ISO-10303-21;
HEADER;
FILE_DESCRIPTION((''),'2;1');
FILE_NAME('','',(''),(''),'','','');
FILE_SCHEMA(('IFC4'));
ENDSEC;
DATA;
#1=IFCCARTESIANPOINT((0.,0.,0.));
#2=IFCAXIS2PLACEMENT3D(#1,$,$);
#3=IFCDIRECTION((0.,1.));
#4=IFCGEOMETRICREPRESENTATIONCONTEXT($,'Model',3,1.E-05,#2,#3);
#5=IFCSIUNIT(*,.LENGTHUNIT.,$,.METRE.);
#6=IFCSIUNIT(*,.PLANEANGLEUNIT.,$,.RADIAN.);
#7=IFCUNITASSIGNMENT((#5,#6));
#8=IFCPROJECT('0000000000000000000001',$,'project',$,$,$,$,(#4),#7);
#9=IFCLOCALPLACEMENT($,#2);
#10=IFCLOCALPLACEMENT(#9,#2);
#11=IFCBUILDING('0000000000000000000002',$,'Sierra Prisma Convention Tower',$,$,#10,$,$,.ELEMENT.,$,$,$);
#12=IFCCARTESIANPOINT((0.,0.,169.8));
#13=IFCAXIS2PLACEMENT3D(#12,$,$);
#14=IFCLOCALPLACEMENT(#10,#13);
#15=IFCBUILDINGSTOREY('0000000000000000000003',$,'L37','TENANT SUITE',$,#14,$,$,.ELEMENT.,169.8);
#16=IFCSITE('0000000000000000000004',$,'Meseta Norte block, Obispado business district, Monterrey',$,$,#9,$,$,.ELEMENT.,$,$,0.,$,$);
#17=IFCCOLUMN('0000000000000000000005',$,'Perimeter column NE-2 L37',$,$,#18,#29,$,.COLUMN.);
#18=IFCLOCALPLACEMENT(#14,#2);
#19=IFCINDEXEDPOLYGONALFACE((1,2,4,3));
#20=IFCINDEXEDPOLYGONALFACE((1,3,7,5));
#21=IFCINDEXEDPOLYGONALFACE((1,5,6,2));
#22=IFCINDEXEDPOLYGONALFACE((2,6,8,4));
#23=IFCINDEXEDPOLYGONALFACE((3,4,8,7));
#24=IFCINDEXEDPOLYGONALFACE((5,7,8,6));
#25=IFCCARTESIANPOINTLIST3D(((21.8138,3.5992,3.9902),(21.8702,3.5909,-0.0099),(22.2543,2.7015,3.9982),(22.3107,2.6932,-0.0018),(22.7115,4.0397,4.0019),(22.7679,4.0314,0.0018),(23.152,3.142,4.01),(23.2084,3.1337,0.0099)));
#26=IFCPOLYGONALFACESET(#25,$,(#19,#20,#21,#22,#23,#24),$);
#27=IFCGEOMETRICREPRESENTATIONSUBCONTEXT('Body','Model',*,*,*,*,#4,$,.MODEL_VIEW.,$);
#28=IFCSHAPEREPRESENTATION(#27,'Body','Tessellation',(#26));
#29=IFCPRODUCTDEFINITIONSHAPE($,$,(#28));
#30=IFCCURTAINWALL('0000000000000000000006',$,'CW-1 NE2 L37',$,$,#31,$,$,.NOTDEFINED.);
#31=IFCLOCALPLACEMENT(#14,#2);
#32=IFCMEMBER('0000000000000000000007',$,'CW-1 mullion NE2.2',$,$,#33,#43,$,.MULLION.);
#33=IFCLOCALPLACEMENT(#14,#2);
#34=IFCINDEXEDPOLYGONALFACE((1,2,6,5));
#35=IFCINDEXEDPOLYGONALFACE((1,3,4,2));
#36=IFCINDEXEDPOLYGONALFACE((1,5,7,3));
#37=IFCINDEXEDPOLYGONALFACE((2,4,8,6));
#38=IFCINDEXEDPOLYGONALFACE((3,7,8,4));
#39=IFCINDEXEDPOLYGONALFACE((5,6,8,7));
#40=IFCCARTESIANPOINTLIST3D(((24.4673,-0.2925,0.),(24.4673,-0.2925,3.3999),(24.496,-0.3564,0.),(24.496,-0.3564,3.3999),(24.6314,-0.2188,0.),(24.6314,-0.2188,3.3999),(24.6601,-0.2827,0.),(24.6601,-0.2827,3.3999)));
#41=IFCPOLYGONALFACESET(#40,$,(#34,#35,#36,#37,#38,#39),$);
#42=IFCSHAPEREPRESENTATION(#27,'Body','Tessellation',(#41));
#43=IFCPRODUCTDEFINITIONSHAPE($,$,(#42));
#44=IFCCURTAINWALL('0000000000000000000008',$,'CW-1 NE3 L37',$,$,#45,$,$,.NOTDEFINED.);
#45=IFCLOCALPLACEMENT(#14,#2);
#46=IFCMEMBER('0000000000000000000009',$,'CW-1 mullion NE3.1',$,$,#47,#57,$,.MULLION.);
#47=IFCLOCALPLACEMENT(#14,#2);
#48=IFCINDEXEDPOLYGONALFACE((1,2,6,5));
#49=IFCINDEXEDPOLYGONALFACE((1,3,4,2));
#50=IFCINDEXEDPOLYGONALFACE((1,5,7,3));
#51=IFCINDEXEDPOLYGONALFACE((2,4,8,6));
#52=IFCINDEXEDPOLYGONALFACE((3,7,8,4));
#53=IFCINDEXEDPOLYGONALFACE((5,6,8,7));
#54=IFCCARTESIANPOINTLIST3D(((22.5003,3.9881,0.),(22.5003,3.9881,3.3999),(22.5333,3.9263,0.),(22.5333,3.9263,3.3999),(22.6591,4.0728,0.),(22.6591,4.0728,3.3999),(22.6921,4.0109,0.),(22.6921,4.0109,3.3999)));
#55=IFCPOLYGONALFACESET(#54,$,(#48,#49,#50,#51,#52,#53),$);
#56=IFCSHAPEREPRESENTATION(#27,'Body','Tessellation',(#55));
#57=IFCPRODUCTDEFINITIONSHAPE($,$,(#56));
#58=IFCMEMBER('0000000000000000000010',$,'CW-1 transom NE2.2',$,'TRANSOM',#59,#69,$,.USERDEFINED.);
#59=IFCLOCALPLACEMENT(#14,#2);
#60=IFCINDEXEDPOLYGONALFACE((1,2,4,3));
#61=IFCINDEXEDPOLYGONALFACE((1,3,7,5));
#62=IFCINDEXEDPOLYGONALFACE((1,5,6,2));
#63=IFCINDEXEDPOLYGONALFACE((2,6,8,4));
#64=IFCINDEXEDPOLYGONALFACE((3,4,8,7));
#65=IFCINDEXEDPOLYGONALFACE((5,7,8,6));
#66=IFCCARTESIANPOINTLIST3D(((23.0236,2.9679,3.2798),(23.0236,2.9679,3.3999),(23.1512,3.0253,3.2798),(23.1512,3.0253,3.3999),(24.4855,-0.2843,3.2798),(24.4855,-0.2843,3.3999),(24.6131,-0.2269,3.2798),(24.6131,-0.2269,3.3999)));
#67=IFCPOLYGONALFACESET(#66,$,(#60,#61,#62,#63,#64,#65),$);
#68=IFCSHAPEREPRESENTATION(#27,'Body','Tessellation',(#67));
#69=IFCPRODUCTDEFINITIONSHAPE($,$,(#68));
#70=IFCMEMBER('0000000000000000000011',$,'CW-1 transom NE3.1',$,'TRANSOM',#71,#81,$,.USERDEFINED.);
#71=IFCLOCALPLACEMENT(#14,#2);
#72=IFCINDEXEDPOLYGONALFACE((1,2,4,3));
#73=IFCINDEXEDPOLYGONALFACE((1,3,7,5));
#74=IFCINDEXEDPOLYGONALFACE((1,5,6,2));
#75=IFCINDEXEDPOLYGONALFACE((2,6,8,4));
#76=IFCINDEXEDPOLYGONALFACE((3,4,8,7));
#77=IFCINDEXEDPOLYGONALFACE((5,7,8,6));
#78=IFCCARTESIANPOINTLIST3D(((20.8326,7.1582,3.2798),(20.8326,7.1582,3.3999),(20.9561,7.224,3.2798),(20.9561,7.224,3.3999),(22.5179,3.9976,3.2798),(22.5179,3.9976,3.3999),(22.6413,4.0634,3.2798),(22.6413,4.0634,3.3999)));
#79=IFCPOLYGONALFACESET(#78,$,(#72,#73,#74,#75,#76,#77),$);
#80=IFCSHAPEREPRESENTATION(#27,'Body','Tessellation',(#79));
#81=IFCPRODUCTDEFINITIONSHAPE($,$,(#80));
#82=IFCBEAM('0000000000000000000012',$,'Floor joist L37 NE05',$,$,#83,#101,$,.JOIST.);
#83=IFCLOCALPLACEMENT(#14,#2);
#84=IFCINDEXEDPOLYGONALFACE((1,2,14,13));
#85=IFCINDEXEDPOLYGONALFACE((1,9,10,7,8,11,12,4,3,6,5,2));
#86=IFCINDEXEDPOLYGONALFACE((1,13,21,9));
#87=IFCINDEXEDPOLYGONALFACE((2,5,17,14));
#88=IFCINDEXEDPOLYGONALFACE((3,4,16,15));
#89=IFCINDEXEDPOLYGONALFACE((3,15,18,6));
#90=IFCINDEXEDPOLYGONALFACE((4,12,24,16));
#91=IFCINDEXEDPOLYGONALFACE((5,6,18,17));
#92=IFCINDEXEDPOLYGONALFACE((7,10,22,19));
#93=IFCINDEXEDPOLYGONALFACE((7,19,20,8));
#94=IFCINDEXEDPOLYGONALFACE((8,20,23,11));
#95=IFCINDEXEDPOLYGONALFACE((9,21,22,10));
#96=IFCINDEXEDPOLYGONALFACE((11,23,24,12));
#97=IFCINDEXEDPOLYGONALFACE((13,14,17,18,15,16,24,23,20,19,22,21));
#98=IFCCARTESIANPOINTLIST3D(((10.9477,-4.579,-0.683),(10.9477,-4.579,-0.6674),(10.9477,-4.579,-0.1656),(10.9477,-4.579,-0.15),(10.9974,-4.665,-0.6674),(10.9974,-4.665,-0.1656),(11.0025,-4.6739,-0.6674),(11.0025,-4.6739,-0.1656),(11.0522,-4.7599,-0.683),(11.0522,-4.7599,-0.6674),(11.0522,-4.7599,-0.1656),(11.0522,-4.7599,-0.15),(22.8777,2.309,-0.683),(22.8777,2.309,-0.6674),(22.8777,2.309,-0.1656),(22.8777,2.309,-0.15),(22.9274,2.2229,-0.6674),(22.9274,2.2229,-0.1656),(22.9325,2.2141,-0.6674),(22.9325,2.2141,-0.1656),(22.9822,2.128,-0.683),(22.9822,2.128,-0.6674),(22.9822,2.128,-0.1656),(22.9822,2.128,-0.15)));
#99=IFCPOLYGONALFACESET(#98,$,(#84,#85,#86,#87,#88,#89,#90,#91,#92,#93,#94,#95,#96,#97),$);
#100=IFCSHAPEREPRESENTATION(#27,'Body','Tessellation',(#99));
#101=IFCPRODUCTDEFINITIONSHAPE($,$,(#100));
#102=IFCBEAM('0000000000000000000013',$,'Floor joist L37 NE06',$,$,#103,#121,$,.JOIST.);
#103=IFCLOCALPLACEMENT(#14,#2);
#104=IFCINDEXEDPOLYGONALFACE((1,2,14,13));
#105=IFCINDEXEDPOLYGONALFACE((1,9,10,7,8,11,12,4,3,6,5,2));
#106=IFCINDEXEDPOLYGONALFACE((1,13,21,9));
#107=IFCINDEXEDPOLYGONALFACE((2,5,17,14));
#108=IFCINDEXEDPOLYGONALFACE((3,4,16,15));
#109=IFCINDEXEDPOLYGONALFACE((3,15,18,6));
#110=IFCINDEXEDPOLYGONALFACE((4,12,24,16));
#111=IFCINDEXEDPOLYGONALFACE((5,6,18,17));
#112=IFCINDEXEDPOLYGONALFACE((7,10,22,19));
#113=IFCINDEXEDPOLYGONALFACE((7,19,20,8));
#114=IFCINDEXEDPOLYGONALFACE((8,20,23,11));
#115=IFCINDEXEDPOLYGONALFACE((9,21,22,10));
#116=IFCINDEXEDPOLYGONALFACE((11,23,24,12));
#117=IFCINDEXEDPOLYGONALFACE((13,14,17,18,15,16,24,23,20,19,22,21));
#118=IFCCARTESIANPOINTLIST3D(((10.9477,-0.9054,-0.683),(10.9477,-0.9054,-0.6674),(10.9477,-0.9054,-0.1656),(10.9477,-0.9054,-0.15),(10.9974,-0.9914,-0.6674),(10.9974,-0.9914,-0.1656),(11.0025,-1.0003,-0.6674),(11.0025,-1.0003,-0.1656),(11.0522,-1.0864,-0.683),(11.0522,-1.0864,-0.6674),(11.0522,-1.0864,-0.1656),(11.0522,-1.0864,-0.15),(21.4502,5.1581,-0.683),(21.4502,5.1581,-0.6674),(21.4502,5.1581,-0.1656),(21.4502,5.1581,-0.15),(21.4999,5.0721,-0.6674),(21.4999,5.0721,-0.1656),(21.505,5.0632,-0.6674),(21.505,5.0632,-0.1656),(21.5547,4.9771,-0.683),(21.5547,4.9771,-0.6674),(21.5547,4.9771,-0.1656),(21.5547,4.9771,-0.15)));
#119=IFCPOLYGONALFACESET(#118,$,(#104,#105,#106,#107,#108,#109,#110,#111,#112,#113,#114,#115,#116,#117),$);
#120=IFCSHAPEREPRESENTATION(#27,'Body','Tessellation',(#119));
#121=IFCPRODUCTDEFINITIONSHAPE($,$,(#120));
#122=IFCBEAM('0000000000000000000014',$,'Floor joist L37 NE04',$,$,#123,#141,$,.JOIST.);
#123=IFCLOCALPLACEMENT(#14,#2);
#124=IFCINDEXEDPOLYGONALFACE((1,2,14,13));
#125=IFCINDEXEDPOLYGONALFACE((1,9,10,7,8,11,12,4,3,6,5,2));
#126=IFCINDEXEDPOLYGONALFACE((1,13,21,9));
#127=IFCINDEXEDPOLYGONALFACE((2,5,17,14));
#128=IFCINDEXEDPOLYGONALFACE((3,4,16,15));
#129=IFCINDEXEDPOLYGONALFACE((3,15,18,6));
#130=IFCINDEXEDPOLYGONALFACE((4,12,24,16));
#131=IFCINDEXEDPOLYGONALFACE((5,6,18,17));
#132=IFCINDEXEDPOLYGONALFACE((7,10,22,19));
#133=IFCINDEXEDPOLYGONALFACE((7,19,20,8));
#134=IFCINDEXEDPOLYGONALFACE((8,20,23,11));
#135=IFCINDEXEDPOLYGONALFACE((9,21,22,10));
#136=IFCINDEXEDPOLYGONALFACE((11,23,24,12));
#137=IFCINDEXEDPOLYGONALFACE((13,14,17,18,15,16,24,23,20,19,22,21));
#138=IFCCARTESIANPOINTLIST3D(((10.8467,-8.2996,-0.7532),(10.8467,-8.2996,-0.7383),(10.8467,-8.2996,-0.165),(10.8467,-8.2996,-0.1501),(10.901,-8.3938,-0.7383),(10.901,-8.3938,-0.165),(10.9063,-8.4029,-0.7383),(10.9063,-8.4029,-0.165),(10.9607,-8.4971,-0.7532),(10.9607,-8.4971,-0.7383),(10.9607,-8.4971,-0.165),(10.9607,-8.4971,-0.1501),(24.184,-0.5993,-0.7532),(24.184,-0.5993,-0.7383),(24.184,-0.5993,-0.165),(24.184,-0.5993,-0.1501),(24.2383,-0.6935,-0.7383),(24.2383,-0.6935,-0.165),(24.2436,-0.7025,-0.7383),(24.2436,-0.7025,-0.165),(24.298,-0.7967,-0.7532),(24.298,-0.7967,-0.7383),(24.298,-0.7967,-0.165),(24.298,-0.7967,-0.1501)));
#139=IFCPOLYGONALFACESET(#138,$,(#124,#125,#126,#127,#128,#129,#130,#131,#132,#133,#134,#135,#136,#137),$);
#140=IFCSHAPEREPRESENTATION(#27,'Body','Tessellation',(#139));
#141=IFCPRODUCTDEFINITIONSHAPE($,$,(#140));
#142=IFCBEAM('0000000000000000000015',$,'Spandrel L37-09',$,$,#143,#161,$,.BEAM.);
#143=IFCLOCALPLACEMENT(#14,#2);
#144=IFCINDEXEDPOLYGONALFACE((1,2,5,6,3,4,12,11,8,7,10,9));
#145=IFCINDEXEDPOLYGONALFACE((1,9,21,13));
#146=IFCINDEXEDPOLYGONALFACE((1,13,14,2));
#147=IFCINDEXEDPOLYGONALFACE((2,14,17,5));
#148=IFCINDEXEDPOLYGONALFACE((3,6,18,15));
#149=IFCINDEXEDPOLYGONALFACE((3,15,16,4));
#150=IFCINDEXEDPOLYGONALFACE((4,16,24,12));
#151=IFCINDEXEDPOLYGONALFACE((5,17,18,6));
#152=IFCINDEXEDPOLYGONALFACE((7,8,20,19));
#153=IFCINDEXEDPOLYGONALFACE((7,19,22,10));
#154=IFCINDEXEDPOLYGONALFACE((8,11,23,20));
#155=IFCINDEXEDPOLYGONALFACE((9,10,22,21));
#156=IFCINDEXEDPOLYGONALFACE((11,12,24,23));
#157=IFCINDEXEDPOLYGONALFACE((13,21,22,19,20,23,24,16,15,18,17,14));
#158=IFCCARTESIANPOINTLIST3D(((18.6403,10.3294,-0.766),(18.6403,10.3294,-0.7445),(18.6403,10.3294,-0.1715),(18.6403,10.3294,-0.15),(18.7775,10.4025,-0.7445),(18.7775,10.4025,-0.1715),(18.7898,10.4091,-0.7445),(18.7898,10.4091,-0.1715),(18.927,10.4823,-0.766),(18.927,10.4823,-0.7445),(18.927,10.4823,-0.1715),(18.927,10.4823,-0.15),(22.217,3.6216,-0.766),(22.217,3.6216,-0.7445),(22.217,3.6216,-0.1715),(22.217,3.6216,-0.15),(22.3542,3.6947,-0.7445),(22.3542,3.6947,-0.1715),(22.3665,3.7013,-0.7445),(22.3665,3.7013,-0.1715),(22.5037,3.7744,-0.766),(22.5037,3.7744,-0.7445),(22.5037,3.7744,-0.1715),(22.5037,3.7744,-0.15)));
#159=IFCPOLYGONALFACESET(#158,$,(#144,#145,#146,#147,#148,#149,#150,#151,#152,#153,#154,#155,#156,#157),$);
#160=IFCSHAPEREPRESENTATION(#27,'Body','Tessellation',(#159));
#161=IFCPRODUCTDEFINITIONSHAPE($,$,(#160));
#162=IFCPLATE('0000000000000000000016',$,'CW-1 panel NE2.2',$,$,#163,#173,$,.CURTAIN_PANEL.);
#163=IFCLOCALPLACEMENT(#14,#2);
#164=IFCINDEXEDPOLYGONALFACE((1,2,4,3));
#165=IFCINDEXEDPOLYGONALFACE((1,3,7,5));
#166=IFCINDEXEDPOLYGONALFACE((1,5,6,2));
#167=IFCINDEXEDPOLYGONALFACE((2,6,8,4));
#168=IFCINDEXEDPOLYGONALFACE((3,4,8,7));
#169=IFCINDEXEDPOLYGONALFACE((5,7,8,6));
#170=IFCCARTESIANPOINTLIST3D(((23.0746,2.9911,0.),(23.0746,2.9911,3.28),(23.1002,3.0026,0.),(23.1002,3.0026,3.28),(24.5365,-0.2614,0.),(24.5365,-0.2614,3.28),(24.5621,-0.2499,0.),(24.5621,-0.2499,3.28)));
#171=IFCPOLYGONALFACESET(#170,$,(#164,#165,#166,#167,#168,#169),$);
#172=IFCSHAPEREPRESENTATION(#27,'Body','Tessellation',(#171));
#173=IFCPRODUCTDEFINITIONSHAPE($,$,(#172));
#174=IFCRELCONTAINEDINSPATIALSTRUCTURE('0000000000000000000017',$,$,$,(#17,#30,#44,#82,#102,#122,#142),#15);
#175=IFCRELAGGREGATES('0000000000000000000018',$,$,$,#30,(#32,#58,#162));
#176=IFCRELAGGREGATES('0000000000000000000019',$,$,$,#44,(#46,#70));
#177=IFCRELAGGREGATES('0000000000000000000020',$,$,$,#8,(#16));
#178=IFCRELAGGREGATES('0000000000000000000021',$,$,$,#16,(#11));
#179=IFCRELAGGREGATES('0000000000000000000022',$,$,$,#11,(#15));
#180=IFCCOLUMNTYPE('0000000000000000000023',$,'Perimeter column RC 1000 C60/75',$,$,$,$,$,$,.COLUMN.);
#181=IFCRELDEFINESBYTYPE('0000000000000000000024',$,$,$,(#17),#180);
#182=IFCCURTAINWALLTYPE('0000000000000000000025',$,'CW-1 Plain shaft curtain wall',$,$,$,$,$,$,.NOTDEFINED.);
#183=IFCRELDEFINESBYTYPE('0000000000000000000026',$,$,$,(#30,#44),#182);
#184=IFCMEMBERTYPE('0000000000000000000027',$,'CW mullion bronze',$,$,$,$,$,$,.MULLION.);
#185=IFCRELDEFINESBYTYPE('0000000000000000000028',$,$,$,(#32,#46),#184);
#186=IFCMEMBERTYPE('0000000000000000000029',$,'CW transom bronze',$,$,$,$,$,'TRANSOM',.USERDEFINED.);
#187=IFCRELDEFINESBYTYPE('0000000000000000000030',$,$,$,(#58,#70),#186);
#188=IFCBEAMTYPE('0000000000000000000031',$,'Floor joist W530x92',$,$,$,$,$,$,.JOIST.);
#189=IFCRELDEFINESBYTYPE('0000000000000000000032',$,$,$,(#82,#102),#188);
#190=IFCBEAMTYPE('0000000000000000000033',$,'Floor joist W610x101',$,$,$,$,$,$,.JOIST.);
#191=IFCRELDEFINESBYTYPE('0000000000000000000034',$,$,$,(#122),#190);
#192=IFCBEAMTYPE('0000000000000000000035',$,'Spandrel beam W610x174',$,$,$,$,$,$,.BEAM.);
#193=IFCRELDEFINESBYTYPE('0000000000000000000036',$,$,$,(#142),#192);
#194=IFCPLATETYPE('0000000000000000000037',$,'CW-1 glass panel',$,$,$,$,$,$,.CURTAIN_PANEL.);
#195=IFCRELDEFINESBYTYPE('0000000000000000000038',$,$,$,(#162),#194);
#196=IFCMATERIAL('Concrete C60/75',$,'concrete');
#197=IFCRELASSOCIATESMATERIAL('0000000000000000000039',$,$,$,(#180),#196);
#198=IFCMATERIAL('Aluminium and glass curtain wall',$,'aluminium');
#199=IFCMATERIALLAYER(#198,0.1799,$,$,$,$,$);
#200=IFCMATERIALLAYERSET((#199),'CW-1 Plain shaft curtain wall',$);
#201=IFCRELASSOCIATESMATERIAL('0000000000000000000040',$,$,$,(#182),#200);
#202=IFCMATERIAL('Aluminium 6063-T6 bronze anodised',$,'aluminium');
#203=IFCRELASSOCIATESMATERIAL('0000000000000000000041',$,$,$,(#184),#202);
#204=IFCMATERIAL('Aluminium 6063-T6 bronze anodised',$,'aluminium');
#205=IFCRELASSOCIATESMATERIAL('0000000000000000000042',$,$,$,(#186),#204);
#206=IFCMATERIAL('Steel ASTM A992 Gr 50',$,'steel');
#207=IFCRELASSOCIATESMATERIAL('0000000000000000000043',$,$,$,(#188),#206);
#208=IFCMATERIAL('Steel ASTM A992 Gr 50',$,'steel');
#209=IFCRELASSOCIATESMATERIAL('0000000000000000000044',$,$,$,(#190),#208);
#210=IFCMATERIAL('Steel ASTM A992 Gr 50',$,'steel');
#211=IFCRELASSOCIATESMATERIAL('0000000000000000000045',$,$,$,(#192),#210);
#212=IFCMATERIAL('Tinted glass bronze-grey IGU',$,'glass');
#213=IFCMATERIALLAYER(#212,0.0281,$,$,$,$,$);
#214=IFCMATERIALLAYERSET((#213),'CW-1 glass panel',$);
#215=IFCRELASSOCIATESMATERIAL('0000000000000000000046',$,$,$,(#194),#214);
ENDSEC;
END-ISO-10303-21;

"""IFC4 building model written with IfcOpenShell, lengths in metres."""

from ifc_helpers import new_model, si_unit, direction, frame, origin, origin_2d, place, context, subcontext, project, spatial, rectangle, i_section, extrude, material, layer, layer_set, material_profile, profile_set, type_object, element, aggregate, save


model = new_model("IFC4")

# Units and contexts
model_context = context("Model", 3, precision=1e-05, world=origin(), true_north=direction((0.0, 1.0)))
body_context = subcontext(model_context, "Body", "Model", "MODEL_VIEW")
ifc_project = project(units=[si_unit("LENGTHUNIT", "METRE"), si_unit("PLANEANGLEUNIT", "RADIAN")], contexts=[model_context])

# Site, building, storey
site_placement = place(None, origin())
site = spatial("IfcSite", under=ifc_project, at=site_placement, Name="Meseta Norte block, Obispado business district, Monterrey", CompositionType="ELEMENT", RefElevation=0.0)
building_placement = place(site_placement, origin())
building = spatial("IfcBuilding", under=site, at=building_placement, Name="Sierra Prisma Convention Tower", CompositionType="ELEMENT")
storey_placement = place(building_placement, frame((0.0, 0.0, 169.8)))
storey = spatial("IfcBuildingStorey", under=building, at=storey_placement, Name="L37", Description="TENANT SUITE", CompositionType="ELEMENT", Elevation=169.8)

# Column
ifc_material_1 = material(Name="Concrete C60/75", Category="concrete")
ifc_material_profile_1 = material_profile(ifc_material_1, rectangle(XDim=1.0, YDim=1.0, at=origin_2d()), Name="Perimeter column RC 1000 C60/75")
ifc_profile_set_1 = profile_set([ifc_material_profile_1], Name="Concrete C60/75")
column_type = type_object("IfcColumnType", Name="Perimeter column RC 1000 C60/75", PredefinedType="COLUMN", material=ifc_profile_set_1)
column_placement = place(storey_placement, frame((22.5393, 3.3623, 0.0), z_axis=(-0.014098, 0.002075, 0.999898), x_axis=(-0.440458, 0.897737, -0.008073)))
element("IfcColumn", 1, at=column_placement, inside=storey, type_object=column_type, Name="Perimeter column NE-2 L37", PredefinedType="COLUMN", context=body_context, shape_type="SweptSolid", body=[
    extrude(rectangle(XDim=1.0, YDim=1.0, at=origin_2d()), origin(), (0.0, 0.0, 1.0), 4.0005),
])

# Curtain walls, members
ifc_material_2 = material(Name="Aluminium and glass curtain wall", Category="aluminium")
ifc_layer_1 = layer(ifc_material_2, 0.1799)
ifc_layer_set_1 = layer_set([ifc_layer_1], Name="CW-1 Plain shaft curtain wall")
curtain_wall_type = type_object("IfcCurtainWallType", Name="CW-1 Plain shaft curtain wall", PredefinedType="NOTDEFINED", material=ifc_layer_set_1)
curtain_wall_1_placement = place(storey_placement, origin())
curtain_wall_1 = element("IfcCurtainWall", 2, at=curtain_wall_1_placement, inside=storey, type_object=curtain_wall_type, Name="CW-1 NE2 L37", PredefinedType="NOTDEFINED")
ifc_material_3 = material(Name="Aluminium 6063-T6 bronze anodised", Category="aluminium")
ifc_material_profile_2 = material_profile(ifc_material_3, rectangle(XDim=0.1799, YDim=0.0701, at=origin_2d()), Name="ALU MULLION 70x180")
ifc_profile_set_2 = profile_set([ifc_material_profile_2], Name="Aluminium 6063-T6 bronze anodised")
member_type_1 = type_object("IfcMemberType", Name="CW mullion bronze", PredefinedType="MULLION", material=ifc_profile_set_2)
member_1_placement = place(storey_placement, frame((24.5637, -0.2876, 0.0), z_axis=(0.0, 0.0, 1.0), x_axis=(-0.912092, -0.409985, 0.0)))
member_1 = element("IfcMember", 3, at=member_1_placement, type_object=member_type_1, Name="CW-1 mullion NE2.2", PredefinedType="MULLION", context=body_context, shape_type="SweptSolid", body=[
    extrude(rectangle(XDim=0.1799, YDim=0.0701, at=origin_2d()), origin(), (0.0, 0.0, 1.0), 3.3999),
])
curtain_wall_2_placement = place(storey_placement, origin())
curtain_wall_2 = element("IfcCurtainWall", 4, at=curtain_wall_2_placement, inside=storey, type_object=curtain_wall_type, Name="CW-1 NE3 L37", PredefinedType="NOTDEFINED")
member_2_placement = place(storey_placement, frame((22.5962, 3.9995, 0.0), z_axis=(0.0, 0.0, 1.0), x_axis=(-0.88239, -0.470518, 0.0)))
member_2 = element("IfcMember", 5, at=member_2_placement, type_object=member_type_1, Name="CW-1 mullion NE3.1", PredefinedType="MULLION", context=body_context, shape_type="SweptSolid", body=[
    extrude(rectangle(XDim=0.1799, YDim=0.0701, at=origin_2d()), origin(), (0.0, 0.0, 1.0), 3.3999),
])

# Members
ifc_material_4 = material(Name="Aluminium 6063-T6 bronze anodised", Category="aluminium")
ifc_material_profile_3 = material_profile(ifc_material_4, rectangle(XDim=0.1399, YDim=0.1201, at=origin_2d()), Name="ALU TRANSOM 120x140")
ifc_profile_set_3 = profile_set([ifc_material_profile_3], Name="Aluminium 6063-T6 bronze anodised")
member_type_2 = type_object("IfcMemberType", Name="CW transom bronze", ElementType="TRANSOM", PredefinedType="USERDEFINED", material=ifc_profile_set_3)
member_3_placement = place(storey_placement, frame((24.5493, -0.2556, 3.3398), z_axis=(-0.409997, 0.912087, 0.0), x_axis=(-0.912087, -0.409997, 0.0)))
member_3 = element("IfcMember", 6, at=member_3_placement, type_object=member_type_2, Name="CW-1 transom NE2.2", ObjectType="TRANSOM", PredefinedType="USERDEFINED", context=body_context, shape_type="SweptSolid", body=[
    extrude(rectangle(XDim=0.1399, YDim=0.1201, at=origin_2d()), origin(), (0.0, 0.0, 1.0), 3.5657),
])
member_4_placement = place(storey_placement, frame((22.5796, 4.0305, 3.3398), z_axis=(-0.470507, 0.882396, 0.0), x_axis=(-0.882396, -0.470507, 0.0)))
member_4 = element("IfcMember", 7, at=member_4_placement, type_object=member_type_2, Name="CW-1 transom NE3.1", ObjectType="TRANSOM", PredefinedType="USERDEFINED", context=body_context, shape_type="SweptSolid", body=[
    extrude(rectangle(XDim=0.1399, YDim=0.1201, at=origin_2d()), origin(), (0.0, 0.0, 1.0), 3.5818),
])

# Beams
ifc_material_5 = material(Name="Steel ASTM A992 Gr 50", Category="steel")
ifc_material_profile_4 = material_profile(ifc_material_5, i_section(OverallWidth=0.209, OverallDepth=0.533, WebThickness=0.0103, FlangeThickness=0.0156, at=origin_2d()), Name="W530x92")
ifc_profile_set_4 = profile_set([ifc_material_profile_4], Name="Steel ASTM A992 Gr 50")
beam_type_1 = type_object("IfcBeamType", Name="Floor joist W530x92", PredefinedType="JOIST", material=ifc_profile_set_4)
beam_1_placement = place(storey_placement, frame((22.9299, 2.2185, -0.4165), z_axis=(-0.866019, -0.50001, 0.0), x_axis=(0.50001, -0.866019, 0.0)))
element("IfcBeam", 8, at=beam_1_placement, inside=storey, type_object=beam_type_1, Name="Floor joist L37 NE05", PredefinedType="JOIST", context=body_context, shape_type="SweptSolid", body=[
    extrude(i_section(OverallWidth=0.209, OverallDepth=0.533, WebThickness=0.0103, FlangeThickness=0.0156, at=origin_2d()), origin(), (0.0, 0.0, 1.0), 13.7756),
])
beam_2_placement = place(storey_placement, frame((21.5024, 5.0676, -0.4165), z_axis=(-0.866029, -0.499993, 0.0), x_axis=(0.499993, -0.866029, 0.0)))
element("IfcBeam", 9, at=beam_2_placement, inside=storey, type_object=beam_type_1, Name="Floor joist L37 NE06", PredefinedType="JOIST", context=body_context, shape_type="SweptSolid", body=[
    extrude(i_section(OverallWidth=0.209, OverallDepth=0.533, WebThickness=0.0103, FlangeThickness=0.0156, at=origin_2d()), origin(), (0.0, 0.0, 1.0), 12.1272),
])
ifc_material_6 = material(Name="Steel ASTM A992 Gr 50", Category="steel")
ifc_material_profile_5 = material_profile(ifc_material_6, i_section(OverallWidth=0.228, OverallDepth=0.603, WebThickness=0.0105, FlangeThickness=0.0149, at=origin_2d()), Name="W610x101")
ifc_profile_set_5 = profile_set([ifc_material_profile_5], Name="Steel ASTM A992 Gr 50")
beam_type_2 = type_object("IfcBeamType", Name="Floor joist W610x101", PredefinedType="JOIST", material=ifc_profile_set_5)
beam_3_placement = place(storey_placement, frame((24.241, -0.698, -0.4517), z_axis=(-0.866023, -0.500004, 0.0), x_axis=(0.500004, -0.866023, 0.0)))
element("IfcBeam", 10, at=beam_3_placement, inside=storey, type_object=beam_type_2, Name="Floor joist L37 NE04", PredefinedType="JOIST", context=body_context, shape_type="SweptSolid", body=[
    extrude(i_section(OverallWidth=0.228, OverallDepth=0.603, WebThickness=0.0105, FlangeThickness=0.0149, at=origin_2d()), origin(), (0.0, 0.0, 1.0), 15.4006),
])
ifc_material_7 = material(Name="Steel ASTM A992 Gr 50", Category="steel")
ifc_material_profile_6 = material_profile(ifc_material_7, i_section(OverallWidth=0.325, OverallDepth=0.616, WebThickness=0.0139, FlangeThickness=0.0215, at=origin_2d()), Name="W610x174")
ifc_profile_set_6 = profile_set([ifc_material_profile_6], Name="Steel ASTM A992 Gr 50")
beam_type_3 = type_object("IfcBeamType", Name="Spandrel beam W610x174", PredefinedType="BEAM", material=ifc_profile_set_6)
beam_4_placement = place(storey_placement, frame((22.3604, 3.698, -0.458), z_axis=(-0.470505, 0.882397, 0.0), x_axis=(-0.882397, -0.470505, 0.0)))
element("IfcBeam", 11, at=beam_4_placement, inside=storey, type_object=beam_type_3, Name="Spandrel L37-09", PredefinedType="BEAM", context=body_context, shape_type="SweptSolid", body=[
    extrude(i_section(OverallWidth=0.325, OverallDepth=0.616, WebThickness=0.0139, FlangeThickness=0.0215, at=origin_2d()), origin(), (0.0, 0.0, 1.0), 7.6018),
])

# Plate
ifc_material_8 = material(Name="Tinted glass bronze-grey IGU", Category="glass")
ifc_layer_2 = layer(ifc_material_8, 0.0281)
ifc_layer_set_2 = layer_set([ifc_layer_2], Name="CW-1 glass panel")
plate_type = type_object("IfcPlateType", Name="CW-1 glass panel", PredefinedType="CURTAIN_PANEL", material=ifc_layer_set_2)
plate_1_placement = place(storey_placement, frame((23.8184, 1.3706, 0.0), z_axis=(0.0, 0.0, 1.0), x_axis=(-0.409985, 0.912092, 0.0)))
plate_1 = element("IfcPlate", 12, at=plate_1_placement, type_object=plate_type, Name="CW-1 panel NE2.2", PredefinedType="CURTAIN_PANEL", context=body_context, shape_type="SweptSolid", body=[
    extrude(rectangle(XDim=3.5659, YDim=0.0281, at=origin_2d()), origin(), (0.0, 0.0, 1.0), 3.28),
])
aggregate(curtain_wall_1, [member_1, member_3, plate_1])
aggregate(curtain_wall_2, [member_2, member_4])

save(model, "model.ifc")
